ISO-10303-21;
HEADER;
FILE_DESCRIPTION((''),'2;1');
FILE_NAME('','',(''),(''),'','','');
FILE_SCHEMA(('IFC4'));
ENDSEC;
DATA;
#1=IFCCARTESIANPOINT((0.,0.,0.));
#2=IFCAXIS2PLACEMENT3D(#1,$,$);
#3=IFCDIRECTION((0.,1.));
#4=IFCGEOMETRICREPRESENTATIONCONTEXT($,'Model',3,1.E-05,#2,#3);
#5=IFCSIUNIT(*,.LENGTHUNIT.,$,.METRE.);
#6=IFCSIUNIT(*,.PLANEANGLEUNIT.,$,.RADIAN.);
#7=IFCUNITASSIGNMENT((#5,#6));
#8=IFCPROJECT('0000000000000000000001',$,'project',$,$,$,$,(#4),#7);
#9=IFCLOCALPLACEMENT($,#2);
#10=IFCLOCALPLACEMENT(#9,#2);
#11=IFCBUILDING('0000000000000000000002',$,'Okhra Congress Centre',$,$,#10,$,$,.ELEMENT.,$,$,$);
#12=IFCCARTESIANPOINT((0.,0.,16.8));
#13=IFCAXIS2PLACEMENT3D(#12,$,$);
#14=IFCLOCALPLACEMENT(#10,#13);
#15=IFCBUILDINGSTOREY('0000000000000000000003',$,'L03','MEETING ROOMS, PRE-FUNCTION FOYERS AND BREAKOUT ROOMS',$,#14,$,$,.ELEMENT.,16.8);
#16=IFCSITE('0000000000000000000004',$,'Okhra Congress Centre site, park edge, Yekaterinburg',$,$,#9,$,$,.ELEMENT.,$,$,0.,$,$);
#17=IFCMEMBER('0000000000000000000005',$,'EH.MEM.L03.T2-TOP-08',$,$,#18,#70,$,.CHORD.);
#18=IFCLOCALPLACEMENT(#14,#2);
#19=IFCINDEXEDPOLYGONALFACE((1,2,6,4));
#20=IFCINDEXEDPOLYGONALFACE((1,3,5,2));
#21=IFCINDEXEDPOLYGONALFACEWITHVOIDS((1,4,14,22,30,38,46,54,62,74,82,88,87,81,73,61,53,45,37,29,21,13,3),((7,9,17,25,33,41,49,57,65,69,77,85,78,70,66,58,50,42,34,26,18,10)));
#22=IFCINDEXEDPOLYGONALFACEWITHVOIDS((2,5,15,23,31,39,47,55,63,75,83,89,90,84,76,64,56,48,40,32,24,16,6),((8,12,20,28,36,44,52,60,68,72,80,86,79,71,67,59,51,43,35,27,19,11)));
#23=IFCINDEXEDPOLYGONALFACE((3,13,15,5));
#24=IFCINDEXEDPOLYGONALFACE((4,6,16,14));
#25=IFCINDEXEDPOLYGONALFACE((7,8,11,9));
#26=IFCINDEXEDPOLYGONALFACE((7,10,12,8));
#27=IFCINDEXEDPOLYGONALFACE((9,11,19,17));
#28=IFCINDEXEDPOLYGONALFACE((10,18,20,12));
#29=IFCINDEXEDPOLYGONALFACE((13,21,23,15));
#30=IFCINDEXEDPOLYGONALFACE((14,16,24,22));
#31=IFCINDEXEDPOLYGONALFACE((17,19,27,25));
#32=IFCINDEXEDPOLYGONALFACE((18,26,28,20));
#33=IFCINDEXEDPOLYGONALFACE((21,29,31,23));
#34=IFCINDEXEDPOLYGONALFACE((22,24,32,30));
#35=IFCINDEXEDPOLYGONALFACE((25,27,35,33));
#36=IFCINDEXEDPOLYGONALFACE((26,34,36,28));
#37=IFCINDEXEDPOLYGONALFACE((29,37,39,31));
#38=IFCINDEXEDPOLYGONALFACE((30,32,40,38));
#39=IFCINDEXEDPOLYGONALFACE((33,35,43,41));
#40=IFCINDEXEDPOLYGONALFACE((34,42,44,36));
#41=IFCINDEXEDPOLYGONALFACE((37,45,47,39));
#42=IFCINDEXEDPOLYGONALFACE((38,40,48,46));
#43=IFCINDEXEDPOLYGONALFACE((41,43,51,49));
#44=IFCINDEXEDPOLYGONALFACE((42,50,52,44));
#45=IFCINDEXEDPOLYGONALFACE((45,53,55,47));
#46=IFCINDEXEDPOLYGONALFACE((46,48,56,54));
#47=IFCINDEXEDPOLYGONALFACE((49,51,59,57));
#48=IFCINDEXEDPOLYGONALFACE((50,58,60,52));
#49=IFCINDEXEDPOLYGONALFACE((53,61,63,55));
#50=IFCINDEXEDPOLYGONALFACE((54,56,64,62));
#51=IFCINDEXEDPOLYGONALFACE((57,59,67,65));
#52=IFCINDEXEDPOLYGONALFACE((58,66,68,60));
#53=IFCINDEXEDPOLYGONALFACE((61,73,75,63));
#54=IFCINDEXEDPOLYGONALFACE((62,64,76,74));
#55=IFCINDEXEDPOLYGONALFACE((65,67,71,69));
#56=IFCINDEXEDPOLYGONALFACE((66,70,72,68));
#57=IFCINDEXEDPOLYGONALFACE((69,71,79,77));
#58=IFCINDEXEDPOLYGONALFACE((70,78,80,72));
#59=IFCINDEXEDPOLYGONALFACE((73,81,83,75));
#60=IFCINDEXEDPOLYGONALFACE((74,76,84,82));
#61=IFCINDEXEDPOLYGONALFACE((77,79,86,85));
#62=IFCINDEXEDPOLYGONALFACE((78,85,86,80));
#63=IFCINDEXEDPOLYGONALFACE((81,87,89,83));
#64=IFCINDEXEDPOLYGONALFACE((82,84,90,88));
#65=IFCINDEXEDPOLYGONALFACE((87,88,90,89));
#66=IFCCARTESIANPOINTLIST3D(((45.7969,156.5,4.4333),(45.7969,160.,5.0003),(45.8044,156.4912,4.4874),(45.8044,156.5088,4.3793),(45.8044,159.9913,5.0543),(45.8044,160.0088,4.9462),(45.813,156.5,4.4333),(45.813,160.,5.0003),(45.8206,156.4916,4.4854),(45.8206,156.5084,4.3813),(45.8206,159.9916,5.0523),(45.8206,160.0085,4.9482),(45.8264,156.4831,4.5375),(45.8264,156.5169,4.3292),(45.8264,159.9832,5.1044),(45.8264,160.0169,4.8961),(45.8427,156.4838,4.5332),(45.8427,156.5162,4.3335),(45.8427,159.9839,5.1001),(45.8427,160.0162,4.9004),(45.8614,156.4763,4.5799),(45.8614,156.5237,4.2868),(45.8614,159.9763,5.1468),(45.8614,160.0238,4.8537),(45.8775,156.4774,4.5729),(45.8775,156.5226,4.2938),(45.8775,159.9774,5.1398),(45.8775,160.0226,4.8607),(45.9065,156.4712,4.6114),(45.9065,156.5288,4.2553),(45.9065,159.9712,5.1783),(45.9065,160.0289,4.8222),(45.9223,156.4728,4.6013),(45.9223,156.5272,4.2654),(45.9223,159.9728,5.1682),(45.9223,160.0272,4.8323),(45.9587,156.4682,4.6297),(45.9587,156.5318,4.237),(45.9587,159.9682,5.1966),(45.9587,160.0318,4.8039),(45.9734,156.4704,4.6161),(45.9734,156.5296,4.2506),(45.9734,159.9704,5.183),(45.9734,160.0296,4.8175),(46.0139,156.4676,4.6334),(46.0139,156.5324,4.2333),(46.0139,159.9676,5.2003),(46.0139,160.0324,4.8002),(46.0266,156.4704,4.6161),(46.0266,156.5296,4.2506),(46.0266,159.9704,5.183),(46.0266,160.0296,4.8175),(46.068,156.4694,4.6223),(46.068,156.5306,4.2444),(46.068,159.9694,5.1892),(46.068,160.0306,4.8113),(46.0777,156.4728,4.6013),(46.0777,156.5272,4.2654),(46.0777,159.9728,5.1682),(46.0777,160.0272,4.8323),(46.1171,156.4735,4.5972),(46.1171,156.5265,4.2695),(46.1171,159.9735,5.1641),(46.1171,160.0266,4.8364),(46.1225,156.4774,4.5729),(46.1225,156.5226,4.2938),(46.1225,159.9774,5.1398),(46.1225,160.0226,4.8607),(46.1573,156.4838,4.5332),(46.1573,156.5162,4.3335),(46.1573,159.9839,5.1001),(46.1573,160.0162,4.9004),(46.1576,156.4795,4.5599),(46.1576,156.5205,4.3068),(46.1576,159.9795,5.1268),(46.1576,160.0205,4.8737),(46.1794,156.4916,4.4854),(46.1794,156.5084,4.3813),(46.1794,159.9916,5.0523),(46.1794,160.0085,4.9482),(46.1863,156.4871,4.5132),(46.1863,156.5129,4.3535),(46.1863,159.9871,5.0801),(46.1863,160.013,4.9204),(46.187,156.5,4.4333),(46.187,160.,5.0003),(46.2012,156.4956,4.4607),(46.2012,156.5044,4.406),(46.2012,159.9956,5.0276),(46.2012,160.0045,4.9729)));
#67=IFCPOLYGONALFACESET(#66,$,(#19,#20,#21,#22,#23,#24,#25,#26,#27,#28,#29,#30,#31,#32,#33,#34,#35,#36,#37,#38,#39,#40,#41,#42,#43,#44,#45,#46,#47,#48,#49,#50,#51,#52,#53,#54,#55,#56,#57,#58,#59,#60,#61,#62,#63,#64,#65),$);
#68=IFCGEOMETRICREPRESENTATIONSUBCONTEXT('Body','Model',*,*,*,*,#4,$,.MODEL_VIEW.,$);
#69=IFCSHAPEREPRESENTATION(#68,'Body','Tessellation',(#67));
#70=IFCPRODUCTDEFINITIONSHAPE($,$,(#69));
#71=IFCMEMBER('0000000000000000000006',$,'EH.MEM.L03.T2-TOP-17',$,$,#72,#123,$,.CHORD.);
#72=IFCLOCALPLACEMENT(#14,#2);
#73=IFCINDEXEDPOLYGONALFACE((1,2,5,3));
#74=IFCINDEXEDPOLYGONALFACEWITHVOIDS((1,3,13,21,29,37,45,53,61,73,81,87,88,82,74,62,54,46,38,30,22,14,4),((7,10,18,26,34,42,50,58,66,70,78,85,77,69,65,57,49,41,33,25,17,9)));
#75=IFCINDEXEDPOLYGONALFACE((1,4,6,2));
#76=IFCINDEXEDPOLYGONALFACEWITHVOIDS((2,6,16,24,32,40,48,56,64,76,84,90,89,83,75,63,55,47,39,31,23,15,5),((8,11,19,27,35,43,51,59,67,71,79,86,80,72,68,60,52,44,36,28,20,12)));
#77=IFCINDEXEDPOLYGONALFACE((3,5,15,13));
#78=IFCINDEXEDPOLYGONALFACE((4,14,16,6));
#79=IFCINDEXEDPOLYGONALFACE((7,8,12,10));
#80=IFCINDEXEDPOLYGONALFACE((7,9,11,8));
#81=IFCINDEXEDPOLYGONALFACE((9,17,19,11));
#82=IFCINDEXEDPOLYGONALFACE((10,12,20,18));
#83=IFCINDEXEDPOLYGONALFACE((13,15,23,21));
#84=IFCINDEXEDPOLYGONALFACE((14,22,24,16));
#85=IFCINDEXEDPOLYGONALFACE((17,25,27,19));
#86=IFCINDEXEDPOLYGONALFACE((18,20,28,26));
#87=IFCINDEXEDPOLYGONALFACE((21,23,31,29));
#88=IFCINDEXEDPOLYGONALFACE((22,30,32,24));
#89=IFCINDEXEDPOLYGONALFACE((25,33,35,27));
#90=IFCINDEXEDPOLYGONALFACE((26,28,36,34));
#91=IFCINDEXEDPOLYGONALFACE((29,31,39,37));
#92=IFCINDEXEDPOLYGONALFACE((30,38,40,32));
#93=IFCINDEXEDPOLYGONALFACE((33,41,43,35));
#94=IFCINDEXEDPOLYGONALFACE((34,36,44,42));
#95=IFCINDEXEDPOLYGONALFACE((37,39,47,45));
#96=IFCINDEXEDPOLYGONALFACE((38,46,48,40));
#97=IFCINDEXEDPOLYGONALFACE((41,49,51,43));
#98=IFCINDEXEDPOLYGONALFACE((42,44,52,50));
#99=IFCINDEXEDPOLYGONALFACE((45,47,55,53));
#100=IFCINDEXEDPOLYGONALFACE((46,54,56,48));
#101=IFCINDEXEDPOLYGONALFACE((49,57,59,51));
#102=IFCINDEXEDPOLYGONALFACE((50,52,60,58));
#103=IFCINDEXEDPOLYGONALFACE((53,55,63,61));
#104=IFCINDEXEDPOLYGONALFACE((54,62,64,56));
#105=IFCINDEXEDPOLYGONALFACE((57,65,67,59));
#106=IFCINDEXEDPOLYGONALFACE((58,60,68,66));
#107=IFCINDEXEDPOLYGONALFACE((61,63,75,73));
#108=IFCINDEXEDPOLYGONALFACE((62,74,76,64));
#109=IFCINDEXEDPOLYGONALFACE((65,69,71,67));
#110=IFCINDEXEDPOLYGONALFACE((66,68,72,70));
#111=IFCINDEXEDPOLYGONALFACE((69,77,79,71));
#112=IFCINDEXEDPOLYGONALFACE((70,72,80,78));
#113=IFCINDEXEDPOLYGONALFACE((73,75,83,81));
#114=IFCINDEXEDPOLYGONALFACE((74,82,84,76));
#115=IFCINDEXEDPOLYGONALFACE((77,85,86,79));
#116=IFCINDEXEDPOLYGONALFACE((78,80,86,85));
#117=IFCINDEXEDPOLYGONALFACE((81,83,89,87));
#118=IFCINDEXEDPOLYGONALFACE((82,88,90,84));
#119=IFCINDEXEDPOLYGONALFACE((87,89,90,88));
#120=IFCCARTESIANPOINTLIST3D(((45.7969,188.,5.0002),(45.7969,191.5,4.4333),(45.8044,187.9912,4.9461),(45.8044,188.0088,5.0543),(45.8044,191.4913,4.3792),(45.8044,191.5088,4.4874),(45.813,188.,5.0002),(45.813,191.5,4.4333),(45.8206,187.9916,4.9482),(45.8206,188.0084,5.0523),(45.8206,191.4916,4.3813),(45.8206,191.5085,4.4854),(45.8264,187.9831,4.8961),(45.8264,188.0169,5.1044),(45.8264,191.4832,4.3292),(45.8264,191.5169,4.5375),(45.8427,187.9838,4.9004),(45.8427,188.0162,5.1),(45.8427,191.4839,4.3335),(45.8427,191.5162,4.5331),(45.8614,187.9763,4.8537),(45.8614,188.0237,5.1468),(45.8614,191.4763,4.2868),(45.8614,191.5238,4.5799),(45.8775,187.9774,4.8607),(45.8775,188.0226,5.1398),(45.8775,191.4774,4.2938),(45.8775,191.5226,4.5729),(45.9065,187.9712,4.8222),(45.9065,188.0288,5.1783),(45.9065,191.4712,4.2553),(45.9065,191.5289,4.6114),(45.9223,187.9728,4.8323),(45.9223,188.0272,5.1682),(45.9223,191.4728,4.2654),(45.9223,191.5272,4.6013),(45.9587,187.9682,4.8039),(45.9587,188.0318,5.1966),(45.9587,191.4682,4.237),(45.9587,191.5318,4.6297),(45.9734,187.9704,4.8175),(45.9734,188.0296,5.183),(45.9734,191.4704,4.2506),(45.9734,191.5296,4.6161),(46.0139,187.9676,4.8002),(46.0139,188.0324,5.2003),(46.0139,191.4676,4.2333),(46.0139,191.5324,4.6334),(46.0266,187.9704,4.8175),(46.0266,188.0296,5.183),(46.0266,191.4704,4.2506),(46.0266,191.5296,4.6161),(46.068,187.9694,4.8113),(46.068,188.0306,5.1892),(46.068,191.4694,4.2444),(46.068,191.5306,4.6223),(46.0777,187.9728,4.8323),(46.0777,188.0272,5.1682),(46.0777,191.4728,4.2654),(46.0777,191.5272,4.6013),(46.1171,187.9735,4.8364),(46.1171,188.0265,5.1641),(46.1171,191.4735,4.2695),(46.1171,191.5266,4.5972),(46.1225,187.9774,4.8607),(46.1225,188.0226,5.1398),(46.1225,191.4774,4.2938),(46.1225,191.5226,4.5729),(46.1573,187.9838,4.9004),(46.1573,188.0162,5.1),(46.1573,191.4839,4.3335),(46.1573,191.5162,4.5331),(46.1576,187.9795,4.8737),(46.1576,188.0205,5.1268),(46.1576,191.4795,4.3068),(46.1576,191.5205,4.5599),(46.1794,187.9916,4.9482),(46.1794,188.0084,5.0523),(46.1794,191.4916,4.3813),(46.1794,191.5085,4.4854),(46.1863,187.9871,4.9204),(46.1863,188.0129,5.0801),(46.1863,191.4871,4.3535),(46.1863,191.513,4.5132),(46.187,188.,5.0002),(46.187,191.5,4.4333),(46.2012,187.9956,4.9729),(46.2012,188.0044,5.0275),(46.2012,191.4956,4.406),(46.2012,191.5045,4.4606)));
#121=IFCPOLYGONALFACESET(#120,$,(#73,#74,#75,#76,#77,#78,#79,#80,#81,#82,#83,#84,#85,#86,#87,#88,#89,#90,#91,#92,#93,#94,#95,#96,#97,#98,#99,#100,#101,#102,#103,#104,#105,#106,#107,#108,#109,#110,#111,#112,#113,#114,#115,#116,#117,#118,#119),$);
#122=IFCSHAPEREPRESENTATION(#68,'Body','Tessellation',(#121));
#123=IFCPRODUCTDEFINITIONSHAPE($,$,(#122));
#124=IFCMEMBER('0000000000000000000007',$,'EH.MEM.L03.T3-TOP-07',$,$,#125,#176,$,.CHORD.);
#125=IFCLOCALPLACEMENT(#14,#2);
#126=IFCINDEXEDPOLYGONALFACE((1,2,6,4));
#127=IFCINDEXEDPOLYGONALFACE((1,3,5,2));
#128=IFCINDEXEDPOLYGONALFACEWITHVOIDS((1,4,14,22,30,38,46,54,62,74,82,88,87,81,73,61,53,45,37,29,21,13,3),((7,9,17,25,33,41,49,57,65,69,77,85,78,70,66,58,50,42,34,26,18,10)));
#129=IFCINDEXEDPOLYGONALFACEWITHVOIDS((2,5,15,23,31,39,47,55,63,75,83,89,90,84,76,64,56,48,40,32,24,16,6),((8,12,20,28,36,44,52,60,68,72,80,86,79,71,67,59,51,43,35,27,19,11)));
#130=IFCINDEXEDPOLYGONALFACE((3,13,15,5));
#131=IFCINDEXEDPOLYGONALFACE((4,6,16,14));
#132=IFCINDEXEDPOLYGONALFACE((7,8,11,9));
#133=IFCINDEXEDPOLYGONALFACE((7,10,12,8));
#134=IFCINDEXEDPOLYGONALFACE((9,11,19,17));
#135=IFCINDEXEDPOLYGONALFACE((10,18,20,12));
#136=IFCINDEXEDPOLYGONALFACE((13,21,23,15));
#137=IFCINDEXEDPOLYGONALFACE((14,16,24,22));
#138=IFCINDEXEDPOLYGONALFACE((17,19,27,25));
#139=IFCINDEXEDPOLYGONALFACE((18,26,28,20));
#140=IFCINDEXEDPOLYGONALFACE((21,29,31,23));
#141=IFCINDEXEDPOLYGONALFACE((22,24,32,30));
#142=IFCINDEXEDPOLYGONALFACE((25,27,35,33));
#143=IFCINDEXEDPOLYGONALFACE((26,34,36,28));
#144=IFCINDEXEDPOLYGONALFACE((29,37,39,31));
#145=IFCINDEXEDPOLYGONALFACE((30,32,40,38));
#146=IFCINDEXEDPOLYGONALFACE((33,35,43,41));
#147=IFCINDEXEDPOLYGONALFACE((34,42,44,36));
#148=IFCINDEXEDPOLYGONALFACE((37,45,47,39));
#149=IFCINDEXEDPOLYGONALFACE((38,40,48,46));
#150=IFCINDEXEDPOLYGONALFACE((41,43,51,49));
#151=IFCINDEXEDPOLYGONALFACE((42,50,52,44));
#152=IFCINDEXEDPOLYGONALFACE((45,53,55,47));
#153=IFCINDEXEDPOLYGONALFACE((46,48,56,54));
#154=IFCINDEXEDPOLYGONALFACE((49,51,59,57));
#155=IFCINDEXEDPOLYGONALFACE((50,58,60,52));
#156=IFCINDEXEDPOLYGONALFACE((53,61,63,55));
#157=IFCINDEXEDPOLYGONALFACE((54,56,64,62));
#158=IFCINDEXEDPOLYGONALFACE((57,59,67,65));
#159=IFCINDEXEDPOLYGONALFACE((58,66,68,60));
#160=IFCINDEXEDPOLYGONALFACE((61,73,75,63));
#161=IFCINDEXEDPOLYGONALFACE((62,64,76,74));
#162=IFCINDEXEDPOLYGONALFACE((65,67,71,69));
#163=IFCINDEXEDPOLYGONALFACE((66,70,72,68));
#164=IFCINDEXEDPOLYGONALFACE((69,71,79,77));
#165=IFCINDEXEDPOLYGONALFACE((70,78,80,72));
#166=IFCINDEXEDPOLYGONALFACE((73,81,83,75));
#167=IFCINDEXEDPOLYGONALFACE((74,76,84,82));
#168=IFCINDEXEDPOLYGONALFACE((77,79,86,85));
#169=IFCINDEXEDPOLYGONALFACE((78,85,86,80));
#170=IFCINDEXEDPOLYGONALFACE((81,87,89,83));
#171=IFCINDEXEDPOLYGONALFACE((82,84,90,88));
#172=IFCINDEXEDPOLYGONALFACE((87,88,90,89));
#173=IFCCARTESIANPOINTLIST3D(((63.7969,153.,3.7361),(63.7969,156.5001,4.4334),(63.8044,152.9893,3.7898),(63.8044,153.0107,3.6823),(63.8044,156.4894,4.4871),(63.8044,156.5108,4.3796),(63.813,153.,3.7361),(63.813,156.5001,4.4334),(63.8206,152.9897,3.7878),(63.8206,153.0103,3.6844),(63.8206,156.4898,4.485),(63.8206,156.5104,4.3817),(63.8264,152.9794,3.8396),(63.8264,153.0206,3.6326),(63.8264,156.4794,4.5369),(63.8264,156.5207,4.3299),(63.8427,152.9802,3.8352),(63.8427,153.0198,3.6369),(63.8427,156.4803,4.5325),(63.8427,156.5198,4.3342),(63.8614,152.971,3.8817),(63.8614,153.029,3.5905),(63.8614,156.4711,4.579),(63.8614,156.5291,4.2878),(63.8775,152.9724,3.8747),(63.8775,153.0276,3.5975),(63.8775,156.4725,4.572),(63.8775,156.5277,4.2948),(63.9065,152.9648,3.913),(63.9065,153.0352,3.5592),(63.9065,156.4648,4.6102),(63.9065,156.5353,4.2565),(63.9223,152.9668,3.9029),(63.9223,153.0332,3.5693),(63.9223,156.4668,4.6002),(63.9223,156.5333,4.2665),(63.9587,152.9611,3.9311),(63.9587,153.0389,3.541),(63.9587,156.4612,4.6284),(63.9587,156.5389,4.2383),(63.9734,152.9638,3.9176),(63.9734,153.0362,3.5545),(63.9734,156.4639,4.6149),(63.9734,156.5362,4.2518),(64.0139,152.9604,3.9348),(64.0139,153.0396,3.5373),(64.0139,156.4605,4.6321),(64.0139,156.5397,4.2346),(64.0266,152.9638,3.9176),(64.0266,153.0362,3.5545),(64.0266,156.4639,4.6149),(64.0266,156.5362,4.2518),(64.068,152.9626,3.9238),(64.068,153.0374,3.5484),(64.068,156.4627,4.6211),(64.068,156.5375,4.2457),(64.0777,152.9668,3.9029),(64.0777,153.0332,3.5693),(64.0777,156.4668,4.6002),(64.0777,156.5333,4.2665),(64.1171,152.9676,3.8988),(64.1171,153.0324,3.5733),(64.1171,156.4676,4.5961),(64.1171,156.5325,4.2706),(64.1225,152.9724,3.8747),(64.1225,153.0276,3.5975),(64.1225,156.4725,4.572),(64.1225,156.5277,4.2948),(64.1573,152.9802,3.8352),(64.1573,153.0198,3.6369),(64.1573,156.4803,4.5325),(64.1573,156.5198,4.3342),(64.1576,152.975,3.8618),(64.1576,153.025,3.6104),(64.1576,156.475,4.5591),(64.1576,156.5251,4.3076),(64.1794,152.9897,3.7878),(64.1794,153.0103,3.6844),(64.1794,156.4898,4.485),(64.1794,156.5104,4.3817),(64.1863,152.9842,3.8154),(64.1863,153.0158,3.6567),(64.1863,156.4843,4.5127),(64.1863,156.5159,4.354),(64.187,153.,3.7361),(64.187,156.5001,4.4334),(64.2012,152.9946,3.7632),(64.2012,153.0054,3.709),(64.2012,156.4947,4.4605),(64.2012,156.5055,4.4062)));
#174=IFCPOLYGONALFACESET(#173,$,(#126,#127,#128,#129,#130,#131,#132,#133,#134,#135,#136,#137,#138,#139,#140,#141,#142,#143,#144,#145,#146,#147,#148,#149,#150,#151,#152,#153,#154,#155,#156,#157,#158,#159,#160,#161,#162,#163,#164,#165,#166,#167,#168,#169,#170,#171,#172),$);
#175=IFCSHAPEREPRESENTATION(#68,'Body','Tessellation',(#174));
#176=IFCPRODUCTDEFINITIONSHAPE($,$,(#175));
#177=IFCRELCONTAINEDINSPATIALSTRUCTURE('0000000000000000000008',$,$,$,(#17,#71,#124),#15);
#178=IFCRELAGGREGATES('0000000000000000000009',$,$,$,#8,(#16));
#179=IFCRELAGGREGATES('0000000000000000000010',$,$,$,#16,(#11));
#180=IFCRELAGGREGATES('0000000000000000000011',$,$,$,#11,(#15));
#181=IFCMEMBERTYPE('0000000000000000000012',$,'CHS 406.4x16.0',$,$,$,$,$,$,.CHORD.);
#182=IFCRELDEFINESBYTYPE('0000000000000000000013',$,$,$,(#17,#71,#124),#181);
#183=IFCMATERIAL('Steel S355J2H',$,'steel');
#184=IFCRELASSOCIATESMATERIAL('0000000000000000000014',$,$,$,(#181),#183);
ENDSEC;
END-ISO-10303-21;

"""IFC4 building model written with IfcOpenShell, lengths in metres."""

from ifc_helpers import new_model, si_unit, direction, frame, origin, origin_2d, place, context, subcontext, project, spatial, hollow_circle, extrude, material, material_profile, profile_set, type_object, element, save


model = new_model("IFC4")

# Units and contexts
model_context = context("Model", 3, precision=1e-05, world=origin(), true_north=direction((0.0, 1.0)))
body_context = subcontext(model_context, "Body", "Model", "MODEL_VIEW")
ifc_project = project(units=[si_unit("LENGTHUNIT", "METRE"), si_unit("PLANEANGLEUNIT", "RADIAN")], contexts=[model_context])

# Site, building, storey
site_placement = place(None, origin())
site = spatial("IfcSite", under=ifc_project, at=site_placement, Name="Okhra Congress Centre site, park edge, Yekaterinburg", CompositionType="ELEMENT", RefElevation=0.0)
building_placement = place(site_placement, origin())
building = spatial("IfcBuilding", under=site, at=building_placement, Name="Okhra Congress Centre", CompositionType="ELEMENT")
storey_placement = place(building_placement, frame((0.0, 0.0, 16.8)))
storey = spatial("IfcBuildingStorey", under=building, at=storey_placement, Name="L03", Description="MEETING ROOMS, PRE-FUNCTION FOYERS AND BREAKOUT ROOMS", CompositionType="ELEMENT", Elevation=16.8)

# Members
ifc_material_1 = material(Name="Steel S355J2H", Category="steel")
ifc_material_profile_1 = material_profile(ifc_material_1, hollow_circle(Radius=0.2031, WallThickness=0.0161, at=origin_2d()), Name="CHS 406.4x16.0")
ifc_profile_set_1 = profile_set([ifc_material_profile_1], Name="Steel S355J2H")
member_type_1 = type_object("IfcMemberType", Name="CHS 406.4x16.0", PredefinedType="CHORD", material=ifc_profile_set_1)
for number, where, z_axis, x_axis, name in (
    (1, (46.0, 156.5, 4.4333), (0.0, 0.987135, 0.159886), (-1.0, 0.0, 0.0), "EH.MEM.L03.T2-TOP-08"),
    (2, (46.0, 188.0, 5.0002), (0.0, 0.987135, -0.159886), (-1.0, 0.0, 0.0), "EH.MEM.L03.T2-TOP-17"),
):
    element("IfcMember", number, at=place(storey_placement, frame(where, z_axis=z_axis, x_axis=x_axis)), inside=storey, type_object=member_type_1, Name=name, PredefinedType="CHORD", context=body_context, shape_type="SweptSolid", body=[
        extrude(hollow_circle(Radius=0.2031, WallThickness=0.0161, at=origin_2d()), origin(), (0.0, 0.0, 1.0), 3.5457),
    ])
member_1_placement = place(storey_placement, frame((64.0, 153.0, 3.7361), z_axis=(0.0, 0.980728, 0.195379), x_axis=(-1.0, 0.0, 0.0)))
element("IfcMember", 3, at=member_1_placement, inside=storey, type_object=member_type_1, Name="EH.MEM.L03.T3-TOP-07", PredefinedType="CHORD", context=body_context, shape_type="SweptSolid", body=[
    extrude(hollow_circle(Radius=0.2031, WallThickness=0.0161, at=origin_2d()), origin(), (0.0, 0.0, 1.0), 3.5688),
])

save(model, "model.ifc")
